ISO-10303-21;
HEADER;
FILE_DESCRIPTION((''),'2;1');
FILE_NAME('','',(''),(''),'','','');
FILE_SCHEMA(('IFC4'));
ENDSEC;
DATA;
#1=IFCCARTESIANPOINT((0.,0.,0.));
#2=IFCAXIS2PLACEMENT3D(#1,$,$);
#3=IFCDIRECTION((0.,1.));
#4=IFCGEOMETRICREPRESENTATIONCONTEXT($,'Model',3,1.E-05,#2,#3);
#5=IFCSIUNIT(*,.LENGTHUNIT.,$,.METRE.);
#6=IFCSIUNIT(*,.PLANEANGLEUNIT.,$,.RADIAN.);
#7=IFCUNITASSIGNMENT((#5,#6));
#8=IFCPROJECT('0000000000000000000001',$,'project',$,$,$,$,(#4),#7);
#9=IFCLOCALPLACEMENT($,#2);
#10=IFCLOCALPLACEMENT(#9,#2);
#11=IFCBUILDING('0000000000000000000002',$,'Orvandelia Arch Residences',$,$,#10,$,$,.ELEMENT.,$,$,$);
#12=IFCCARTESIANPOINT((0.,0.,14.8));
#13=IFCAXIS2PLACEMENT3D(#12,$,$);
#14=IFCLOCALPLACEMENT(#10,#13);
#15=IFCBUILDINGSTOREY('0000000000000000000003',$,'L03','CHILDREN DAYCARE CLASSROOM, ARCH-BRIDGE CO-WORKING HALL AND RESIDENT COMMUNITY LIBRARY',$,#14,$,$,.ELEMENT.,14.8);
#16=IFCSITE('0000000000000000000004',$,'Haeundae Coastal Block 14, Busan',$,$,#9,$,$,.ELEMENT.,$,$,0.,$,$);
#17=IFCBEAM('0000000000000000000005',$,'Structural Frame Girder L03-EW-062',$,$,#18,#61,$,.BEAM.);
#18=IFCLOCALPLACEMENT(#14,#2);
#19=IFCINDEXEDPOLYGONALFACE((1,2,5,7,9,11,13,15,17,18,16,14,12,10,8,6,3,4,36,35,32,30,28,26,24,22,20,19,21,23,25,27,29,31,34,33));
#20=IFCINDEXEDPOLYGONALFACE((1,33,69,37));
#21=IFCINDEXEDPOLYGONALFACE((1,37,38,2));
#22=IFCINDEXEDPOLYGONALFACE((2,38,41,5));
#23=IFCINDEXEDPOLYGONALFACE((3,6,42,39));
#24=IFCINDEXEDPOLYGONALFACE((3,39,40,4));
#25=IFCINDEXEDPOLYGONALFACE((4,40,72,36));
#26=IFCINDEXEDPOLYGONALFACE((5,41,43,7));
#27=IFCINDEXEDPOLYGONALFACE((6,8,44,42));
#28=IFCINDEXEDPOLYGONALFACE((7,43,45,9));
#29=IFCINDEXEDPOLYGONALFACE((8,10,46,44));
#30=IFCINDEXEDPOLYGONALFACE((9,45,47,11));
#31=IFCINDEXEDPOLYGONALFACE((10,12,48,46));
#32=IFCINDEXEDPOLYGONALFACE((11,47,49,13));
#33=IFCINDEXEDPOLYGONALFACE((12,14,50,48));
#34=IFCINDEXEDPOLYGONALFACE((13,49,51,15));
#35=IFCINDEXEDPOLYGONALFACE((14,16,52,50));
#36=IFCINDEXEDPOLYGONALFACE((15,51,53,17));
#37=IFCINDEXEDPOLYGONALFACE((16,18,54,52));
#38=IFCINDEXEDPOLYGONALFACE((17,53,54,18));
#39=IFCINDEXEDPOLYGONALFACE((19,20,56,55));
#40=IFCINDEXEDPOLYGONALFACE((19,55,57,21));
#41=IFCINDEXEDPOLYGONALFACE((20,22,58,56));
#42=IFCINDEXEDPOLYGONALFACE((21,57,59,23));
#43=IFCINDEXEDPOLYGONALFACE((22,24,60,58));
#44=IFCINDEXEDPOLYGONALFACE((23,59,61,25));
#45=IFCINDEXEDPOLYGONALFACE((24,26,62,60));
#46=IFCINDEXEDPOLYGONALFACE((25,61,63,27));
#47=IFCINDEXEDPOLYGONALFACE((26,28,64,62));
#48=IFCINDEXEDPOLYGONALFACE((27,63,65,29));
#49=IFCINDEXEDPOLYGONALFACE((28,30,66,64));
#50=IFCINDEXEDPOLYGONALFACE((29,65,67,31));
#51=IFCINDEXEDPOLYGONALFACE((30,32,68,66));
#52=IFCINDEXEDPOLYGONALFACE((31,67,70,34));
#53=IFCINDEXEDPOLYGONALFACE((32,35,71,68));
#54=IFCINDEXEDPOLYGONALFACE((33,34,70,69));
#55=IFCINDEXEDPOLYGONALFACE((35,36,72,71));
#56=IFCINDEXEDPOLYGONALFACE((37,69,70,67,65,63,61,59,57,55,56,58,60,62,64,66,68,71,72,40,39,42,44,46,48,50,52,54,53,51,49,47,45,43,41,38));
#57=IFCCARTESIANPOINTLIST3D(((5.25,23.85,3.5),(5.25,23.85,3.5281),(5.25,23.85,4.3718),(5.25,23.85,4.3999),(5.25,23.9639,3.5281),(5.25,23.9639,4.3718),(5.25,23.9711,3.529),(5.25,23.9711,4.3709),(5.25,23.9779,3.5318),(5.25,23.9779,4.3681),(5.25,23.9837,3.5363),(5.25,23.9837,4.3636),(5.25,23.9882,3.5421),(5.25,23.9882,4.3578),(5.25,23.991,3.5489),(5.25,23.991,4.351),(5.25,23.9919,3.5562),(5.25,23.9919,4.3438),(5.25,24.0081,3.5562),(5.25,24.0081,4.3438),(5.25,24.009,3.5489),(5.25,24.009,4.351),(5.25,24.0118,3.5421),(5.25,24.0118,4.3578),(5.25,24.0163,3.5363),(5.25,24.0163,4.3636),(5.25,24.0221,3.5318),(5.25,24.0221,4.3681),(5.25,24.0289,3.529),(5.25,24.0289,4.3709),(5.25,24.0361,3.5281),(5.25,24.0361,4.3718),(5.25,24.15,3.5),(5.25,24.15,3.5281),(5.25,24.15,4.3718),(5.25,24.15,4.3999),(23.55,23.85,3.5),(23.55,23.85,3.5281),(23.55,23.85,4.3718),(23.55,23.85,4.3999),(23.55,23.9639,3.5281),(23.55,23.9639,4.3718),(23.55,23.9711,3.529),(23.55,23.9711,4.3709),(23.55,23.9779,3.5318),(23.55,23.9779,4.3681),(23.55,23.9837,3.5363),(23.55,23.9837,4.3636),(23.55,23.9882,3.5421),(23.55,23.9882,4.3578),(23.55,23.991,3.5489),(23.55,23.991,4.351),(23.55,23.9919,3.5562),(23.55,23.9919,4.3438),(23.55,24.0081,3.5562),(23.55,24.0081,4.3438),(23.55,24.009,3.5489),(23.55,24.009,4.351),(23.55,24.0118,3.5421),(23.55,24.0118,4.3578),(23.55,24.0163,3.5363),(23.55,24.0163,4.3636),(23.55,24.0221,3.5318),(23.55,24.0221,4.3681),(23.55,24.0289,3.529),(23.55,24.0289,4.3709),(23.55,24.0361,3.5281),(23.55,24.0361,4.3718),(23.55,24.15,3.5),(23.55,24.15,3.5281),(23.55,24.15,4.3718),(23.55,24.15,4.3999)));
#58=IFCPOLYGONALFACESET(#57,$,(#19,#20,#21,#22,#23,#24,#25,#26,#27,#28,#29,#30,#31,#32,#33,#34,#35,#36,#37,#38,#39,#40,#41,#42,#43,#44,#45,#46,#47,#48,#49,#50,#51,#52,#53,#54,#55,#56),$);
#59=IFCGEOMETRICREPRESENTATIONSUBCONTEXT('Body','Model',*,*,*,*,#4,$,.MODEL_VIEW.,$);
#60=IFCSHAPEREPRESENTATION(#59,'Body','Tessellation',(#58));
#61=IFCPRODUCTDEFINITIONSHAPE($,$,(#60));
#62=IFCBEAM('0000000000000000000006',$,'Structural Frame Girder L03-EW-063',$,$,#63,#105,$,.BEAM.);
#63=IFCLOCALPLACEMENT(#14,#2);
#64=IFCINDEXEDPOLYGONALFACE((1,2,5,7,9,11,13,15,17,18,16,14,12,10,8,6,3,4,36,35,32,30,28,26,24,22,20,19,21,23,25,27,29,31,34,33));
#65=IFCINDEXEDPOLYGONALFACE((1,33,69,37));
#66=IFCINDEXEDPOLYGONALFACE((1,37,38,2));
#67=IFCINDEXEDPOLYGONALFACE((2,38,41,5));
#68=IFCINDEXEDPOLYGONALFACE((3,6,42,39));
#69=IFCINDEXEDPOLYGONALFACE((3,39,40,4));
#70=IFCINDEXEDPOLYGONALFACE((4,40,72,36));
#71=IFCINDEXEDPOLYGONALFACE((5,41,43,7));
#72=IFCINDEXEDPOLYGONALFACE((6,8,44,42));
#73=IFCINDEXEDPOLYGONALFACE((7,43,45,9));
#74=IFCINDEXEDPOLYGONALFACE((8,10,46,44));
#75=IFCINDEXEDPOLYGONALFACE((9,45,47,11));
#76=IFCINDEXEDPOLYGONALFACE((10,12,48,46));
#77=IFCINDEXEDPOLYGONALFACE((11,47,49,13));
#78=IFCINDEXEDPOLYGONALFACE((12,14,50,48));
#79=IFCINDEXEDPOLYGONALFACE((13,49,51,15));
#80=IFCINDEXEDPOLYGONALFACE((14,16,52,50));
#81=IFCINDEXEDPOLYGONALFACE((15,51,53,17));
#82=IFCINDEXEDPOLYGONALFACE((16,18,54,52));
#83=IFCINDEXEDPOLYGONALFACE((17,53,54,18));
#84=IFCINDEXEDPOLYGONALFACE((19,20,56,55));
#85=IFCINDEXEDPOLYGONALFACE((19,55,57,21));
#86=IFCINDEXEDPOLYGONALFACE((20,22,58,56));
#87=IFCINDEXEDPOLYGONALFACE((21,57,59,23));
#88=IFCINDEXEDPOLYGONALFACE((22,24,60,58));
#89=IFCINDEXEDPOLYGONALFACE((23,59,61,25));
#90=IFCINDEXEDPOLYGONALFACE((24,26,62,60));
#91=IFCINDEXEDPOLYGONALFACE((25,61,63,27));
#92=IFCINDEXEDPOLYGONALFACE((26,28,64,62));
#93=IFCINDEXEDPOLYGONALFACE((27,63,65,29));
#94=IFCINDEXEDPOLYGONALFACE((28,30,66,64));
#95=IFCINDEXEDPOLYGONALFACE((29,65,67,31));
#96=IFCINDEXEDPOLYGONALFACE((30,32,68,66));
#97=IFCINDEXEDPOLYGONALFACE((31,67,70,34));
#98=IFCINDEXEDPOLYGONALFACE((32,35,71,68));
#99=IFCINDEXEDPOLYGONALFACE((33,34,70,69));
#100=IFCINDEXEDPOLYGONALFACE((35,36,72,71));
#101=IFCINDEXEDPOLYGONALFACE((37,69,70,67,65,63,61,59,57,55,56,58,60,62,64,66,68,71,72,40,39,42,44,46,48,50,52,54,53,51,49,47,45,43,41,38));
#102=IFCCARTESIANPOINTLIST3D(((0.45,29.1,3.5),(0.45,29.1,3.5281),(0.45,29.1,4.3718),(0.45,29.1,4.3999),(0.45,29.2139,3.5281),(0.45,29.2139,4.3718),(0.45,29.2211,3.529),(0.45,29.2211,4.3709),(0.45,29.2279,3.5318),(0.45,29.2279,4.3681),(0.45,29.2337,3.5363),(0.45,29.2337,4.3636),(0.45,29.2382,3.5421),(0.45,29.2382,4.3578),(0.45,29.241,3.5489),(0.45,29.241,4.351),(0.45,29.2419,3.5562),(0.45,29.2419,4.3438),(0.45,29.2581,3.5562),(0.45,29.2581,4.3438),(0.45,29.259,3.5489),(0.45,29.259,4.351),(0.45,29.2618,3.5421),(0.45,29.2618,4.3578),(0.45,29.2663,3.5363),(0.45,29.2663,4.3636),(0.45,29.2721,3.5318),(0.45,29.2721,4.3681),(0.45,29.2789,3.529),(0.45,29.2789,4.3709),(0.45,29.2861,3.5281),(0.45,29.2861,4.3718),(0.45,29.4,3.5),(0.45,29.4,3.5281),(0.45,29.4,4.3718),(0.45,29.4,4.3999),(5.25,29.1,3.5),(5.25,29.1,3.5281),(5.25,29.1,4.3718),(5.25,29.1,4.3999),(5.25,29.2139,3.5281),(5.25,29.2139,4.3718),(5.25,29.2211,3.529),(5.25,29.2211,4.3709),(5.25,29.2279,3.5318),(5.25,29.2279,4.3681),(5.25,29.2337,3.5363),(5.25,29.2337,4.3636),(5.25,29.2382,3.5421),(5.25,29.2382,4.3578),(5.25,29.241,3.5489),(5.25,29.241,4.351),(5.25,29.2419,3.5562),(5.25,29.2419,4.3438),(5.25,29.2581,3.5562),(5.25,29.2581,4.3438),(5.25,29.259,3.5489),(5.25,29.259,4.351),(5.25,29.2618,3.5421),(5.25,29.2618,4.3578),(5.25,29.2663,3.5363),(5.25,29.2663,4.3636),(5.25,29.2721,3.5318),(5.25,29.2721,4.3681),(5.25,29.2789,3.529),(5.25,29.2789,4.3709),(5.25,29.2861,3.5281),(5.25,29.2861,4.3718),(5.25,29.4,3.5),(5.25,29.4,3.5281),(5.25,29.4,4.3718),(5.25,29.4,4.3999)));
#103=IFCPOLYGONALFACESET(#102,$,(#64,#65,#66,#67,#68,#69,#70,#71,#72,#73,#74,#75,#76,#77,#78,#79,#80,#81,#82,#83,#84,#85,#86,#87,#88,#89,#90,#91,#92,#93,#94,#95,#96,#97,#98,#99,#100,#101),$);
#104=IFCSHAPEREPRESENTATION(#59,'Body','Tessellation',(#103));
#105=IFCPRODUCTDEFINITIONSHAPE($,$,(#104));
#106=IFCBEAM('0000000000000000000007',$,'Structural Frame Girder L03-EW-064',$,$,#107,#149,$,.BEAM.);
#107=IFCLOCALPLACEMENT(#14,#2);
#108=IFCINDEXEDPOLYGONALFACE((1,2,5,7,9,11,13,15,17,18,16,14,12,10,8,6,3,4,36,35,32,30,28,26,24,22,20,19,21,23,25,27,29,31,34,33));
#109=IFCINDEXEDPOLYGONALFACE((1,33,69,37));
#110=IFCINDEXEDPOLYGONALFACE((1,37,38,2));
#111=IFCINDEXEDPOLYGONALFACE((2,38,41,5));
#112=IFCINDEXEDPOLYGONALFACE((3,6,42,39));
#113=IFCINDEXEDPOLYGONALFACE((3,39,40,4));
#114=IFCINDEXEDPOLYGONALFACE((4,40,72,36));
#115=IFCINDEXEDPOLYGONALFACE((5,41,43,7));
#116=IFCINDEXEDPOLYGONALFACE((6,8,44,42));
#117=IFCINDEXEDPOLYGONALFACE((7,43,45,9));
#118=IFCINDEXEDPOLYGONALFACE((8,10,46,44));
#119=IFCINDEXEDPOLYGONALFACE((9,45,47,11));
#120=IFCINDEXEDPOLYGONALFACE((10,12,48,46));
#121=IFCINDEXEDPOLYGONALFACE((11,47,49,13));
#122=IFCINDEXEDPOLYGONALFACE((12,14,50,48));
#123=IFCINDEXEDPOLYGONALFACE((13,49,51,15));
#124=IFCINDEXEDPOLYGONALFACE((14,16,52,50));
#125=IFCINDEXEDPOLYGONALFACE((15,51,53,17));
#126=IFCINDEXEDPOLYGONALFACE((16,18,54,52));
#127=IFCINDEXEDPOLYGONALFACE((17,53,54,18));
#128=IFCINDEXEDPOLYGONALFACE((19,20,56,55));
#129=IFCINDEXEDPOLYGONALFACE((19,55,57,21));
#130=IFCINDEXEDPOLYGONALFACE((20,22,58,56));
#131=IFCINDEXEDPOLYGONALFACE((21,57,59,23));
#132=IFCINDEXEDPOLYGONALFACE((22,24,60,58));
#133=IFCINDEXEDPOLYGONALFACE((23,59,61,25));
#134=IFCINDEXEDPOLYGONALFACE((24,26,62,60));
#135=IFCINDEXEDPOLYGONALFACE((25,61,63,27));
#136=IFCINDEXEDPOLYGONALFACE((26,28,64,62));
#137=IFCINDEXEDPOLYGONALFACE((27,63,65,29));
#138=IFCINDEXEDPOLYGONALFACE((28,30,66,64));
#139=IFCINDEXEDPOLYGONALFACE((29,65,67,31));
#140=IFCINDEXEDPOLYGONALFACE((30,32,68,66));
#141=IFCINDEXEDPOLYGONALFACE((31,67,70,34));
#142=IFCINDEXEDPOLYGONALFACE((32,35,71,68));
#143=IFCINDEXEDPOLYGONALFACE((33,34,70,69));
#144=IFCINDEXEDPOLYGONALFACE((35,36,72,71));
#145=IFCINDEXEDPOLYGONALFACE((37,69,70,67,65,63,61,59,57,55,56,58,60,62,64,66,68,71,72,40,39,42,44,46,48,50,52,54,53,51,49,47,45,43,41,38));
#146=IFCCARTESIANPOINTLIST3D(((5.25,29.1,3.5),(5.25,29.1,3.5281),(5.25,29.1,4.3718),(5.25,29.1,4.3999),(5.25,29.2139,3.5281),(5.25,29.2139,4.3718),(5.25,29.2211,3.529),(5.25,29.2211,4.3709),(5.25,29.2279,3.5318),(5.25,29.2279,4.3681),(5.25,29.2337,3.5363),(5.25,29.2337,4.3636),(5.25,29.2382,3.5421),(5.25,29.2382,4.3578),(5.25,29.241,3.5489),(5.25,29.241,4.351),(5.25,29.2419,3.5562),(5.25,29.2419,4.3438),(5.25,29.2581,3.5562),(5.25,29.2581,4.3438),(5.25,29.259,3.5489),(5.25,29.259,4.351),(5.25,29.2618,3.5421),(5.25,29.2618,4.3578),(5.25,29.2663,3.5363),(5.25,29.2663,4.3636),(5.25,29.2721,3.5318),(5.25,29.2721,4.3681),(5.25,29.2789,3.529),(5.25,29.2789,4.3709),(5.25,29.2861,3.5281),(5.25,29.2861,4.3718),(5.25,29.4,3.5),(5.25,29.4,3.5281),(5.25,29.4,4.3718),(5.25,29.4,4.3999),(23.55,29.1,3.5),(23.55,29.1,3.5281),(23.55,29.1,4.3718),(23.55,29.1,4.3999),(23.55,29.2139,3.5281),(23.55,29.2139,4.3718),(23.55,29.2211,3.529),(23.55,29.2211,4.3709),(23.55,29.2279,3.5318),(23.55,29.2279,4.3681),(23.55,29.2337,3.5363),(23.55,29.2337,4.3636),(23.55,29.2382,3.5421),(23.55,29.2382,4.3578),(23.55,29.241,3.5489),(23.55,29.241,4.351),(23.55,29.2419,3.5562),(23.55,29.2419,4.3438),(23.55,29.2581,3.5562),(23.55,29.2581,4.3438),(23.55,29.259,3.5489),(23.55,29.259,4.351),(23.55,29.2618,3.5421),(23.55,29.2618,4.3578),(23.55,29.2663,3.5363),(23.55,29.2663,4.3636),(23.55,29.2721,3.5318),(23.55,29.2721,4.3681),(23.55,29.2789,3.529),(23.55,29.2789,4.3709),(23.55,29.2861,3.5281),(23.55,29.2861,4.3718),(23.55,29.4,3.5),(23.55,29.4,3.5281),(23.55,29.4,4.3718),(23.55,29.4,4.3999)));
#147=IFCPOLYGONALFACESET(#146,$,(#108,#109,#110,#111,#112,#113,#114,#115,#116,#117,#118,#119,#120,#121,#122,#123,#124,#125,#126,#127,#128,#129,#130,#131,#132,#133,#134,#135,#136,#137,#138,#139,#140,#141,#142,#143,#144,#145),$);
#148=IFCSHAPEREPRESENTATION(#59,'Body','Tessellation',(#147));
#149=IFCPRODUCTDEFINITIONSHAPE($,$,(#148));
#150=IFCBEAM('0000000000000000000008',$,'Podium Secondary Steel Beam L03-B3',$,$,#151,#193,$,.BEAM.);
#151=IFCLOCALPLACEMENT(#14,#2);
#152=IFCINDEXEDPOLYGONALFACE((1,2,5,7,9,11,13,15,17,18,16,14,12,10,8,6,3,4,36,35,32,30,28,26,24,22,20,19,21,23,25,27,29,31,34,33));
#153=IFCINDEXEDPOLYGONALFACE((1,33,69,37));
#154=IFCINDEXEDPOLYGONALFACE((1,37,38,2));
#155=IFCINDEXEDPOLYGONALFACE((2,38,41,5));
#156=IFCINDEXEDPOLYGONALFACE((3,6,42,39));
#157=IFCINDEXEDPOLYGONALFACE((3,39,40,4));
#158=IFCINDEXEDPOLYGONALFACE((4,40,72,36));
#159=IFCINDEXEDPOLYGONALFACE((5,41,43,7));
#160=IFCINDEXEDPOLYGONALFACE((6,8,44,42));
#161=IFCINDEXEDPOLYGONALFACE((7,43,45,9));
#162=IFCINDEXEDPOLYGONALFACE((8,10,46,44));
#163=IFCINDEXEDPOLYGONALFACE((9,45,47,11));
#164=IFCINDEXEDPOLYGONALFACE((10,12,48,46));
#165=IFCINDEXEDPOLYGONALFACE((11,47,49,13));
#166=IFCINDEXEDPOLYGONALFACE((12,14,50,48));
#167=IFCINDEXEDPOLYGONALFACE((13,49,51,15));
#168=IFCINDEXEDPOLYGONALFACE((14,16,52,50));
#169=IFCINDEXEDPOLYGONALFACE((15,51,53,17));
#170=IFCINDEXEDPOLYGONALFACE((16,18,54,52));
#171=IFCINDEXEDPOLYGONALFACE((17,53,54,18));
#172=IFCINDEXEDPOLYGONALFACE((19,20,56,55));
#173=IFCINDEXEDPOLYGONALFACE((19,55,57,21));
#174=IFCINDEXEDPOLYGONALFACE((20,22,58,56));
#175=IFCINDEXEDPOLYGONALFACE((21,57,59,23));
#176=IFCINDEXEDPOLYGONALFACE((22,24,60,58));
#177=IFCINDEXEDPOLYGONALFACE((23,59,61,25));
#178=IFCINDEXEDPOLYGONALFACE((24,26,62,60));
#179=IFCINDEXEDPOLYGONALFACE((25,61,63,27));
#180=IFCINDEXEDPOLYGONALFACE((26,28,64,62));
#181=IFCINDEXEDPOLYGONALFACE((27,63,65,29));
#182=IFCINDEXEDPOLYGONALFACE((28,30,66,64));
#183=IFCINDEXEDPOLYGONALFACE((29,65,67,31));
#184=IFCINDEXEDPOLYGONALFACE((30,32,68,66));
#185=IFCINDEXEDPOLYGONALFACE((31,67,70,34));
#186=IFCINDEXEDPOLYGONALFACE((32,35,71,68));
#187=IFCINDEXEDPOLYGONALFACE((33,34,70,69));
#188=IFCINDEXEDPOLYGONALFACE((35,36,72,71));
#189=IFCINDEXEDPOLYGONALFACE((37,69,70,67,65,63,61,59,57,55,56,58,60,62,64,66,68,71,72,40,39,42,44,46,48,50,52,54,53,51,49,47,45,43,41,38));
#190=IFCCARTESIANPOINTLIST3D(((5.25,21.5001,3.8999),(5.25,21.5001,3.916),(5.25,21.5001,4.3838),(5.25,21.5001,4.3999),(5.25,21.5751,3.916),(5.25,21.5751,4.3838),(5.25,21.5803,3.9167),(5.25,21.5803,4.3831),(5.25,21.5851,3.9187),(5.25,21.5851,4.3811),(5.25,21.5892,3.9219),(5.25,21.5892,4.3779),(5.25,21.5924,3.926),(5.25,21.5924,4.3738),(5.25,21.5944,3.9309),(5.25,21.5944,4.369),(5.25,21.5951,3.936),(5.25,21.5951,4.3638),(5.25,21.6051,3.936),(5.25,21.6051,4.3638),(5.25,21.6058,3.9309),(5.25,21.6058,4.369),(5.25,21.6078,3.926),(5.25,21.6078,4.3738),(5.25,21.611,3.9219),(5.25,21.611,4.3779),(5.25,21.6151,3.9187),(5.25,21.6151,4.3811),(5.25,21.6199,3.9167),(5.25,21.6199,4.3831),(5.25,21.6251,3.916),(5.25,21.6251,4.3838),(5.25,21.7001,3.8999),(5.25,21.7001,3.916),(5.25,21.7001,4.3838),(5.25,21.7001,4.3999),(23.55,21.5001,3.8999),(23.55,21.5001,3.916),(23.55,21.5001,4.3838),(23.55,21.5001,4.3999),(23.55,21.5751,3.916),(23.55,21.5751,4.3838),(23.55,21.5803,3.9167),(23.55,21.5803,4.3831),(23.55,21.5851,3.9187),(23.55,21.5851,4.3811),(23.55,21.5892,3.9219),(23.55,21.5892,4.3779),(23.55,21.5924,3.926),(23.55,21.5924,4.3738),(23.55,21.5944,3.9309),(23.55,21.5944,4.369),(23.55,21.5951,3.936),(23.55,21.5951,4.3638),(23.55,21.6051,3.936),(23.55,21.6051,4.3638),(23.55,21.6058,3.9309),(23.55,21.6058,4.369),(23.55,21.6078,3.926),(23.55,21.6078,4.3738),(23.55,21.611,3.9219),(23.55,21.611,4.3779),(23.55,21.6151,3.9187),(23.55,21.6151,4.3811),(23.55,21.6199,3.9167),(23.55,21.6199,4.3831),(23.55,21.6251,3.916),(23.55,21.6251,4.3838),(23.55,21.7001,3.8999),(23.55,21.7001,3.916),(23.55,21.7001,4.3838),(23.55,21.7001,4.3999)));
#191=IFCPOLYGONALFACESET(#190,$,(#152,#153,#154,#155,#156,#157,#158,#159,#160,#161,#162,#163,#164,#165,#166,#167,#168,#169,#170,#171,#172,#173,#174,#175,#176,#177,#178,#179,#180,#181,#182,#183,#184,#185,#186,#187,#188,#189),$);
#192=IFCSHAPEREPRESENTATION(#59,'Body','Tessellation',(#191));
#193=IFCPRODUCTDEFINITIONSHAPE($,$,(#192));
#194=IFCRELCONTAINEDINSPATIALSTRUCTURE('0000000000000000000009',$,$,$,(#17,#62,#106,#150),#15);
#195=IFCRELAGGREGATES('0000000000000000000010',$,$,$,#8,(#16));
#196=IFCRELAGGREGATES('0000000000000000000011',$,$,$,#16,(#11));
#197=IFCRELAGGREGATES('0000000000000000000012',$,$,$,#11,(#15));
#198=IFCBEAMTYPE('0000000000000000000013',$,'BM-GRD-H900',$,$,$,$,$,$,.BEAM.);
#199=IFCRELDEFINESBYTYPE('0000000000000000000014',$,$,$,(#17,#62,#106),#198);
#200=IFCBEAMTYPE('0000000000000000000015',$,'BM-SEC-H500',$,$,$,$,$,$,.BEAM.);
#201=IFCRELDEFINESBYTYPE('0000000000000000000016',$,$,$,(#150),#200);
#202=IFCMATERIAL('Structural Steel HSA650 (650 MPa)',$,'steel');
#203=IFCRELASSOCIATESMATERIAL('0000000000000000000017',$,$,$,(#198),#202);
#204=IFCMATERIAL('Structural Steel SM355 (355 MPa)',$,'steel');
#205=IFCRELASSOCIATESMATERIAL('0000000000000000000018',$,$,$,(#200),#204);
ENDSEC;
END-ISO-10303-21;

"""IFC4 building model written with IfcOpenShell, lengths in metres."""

from ifc_helpers import new_model, si_unit, direction, frame, origin, origin_2d, place, context, subcontext, project, spatial, i_section, extrude, material, material_profile, profile_set, type_object, element, save


model = new_model("IFC4")

# Units and contexts
model_context = context("Model", 3, precision=1e-05, world=origin(), true_north=direction((0.0, 1.0)))
body_context = subcontext(model_context, "Body", "Model", "MODEL_VIEW")
ifc_project = project(units=[si_unit("LENGTHUNIT", "METRE"), si_unit("PLANEANGLEUNIT", "RADIAN")], contexts=[model_context])

# Site, building, storey
site_placement = place(None, origin())
site = spatial("IfcSite", under=ifc_project, at=site_placement, Name="Haeundae Coastal Block 14, Busan", CompositionType="ELEMENT", RefElevation=0.0)
building_placement = place(site_placement, origin())
building = spatial("IfcBuilding", under=site, at=building_placement, Name="Orvandelia Arch Residences", CompositionType="ELEMENT")
storey_placement = place(building_placement, frame((0.0, 0.0, 14.8)))
storey = spatial("IfcBuildingStorey", under=building, at=storey_placement, Name="L03", Description="CHILDREN DAYCARE CLASSROOM, ARCH-BRIDGE CO-WORKING HALL AND RESIDENT COMMUNITY LIBRARY", CompositionType="ELEMENT", Elevation=14.8)

# Beams
ifc_material_1 = material(Name="Structural Steel HSA650 (650 MPa)", Category="steel")
ifc_material_profile_1 = material_profile(ifc_material_1, i_section(OverallWidth=0.3, OverallDepth=0.8999, WebThickness=0.0161, FlangeThickness=0.0281, FilletRadius=0.0281, at=origin_2d()), Name="Structural Steel HSA650 (650 MPa)", Category="steel")
ifc_profile_set_1 = profile_set([ifc_material_profile_1], Name="Structural Steel HSA650 (650 MPa)")
beam_type_1 = type_object("IfcBeamType", Name="BM-GRD-H900", PredefinedType="BEAM", material=ifc_profile_set_1)
for number, where, z_axis, x_axis, name in (
    (1, (5.25, 24.0, 3.95), (1.0, 0.0, 0.0), (0.0, 1.0, 0.0), "Structural Frame Girder L03-EW-062"),
):
    element("IfcBeam", number, at=place(storey_placement, frame(where, z_axis=z_axis, x_axis=x_axis)), inside=storey, type_object=beam_type_1, Name=name, PredefinedType="BEAM", context=body_context, shape_type="SweptSolid", body=[
        extrude(i_section(OverallWidth=0.3, OverallDepth=0.8999, WebThickness=0.0161, FlangeThickness=0.0281, FilletRadius=0.0281, at=origin_2d()), origin(), (0.0, 0.0, 1.0), 18.3),
    ])
beam_1_placement = place(storey_placement, frame((0.45, 29.25, 3.95), z_axis=(1.0, 0.0, 0.0), x_axis=(0.0, 1.0, 0.0)))
element("IfcBeam", 2, at=beam_1_placement, inside=storey, type_object=beam_type_1, Name="Structural Frame Girder L03-EW-063", PredefinedType="BEAM", context=body_context, shape_type="SweptSolid", body=[
    extrude(i_section(OverallWidth=0.3, OverallDepth=0.8999, WebThickness=0.0161, FlangeThickness=0.0281, FilletRadius=0.0281, at=origin_2d()), origin(), (0.0, 0.0, 1.0), 4.8),
])
beam_2_placement = place(storey_placement, frame((5.25, 29.25, 3.95), z_axis=(1.0, 0.0, 0.0), x_axis=(0.0, 1.0, 0.0)))
element("IfcBeam", 3, at=beam_2_placement, inside=storey, type_object=beam_type_1, Name="Structural Frame Girder L03-EW-064", PredefinedType="BEAM", context=body_context, shape_type="SweptSolid", body=[
    extrude(i_section(OverallWidth=0.3, OverallDepth=0.8999, WebThickness=0.0161, FlangeThickness=0.0281, FilletRadius=0.0281, at=origin_2d()), origin(), (0.0, 0.0, 1.0), 18.3),
])
ifc_material_2 = material(Name="Structural Steel SM355 (355 MPa)", Category="steel")
ifc_material_profile_2 = material_profile(ifc_material_2, i_section(OverallWidth=0.2, OverallDepth=0.5, WebThickness=0.01, FlangeThickness=0.0161, FilletRadius=0.02, at=origin_2d()), Name="Structural Steel SM355 (355 MPa)", Category="steel")
ifc_profile_set_2 = profile_set([ifc_material_profile_2], Name="Structural Steel SM355 (355 MPa)")
beam_type_2 = type_object("IfcBeamType", Name="BM-SEC-H500", PredefinedType="BEAM", material=ifc_profile_set_2)
beam_3_placement = place(storey_placement, frame((5.25, 21.6001, 4.1499), z_axis=(1.0, 0.0, 0.0), x_axis=(0.0, 1.0, 0.0)))
element("IfcBeam", 4, at=beam_3_placement, inside=storey, type_object=beam_type_2, Name="Podium Secondary Steel Beam L03-B3", PredefinedType="BEAM", context=body_context, shape_type="SweptSolid", body=[
    extrude(i_section(OverallWidth=0.2, OverallDepth=0.5, WebThickness=0.01, FlangeThickness=0.0161, FilletRadius=0.02, at=origin_2d()), origin(), (0.0, 0.0, 1.0), 18.3),
])

save(model, "model.ifc")
